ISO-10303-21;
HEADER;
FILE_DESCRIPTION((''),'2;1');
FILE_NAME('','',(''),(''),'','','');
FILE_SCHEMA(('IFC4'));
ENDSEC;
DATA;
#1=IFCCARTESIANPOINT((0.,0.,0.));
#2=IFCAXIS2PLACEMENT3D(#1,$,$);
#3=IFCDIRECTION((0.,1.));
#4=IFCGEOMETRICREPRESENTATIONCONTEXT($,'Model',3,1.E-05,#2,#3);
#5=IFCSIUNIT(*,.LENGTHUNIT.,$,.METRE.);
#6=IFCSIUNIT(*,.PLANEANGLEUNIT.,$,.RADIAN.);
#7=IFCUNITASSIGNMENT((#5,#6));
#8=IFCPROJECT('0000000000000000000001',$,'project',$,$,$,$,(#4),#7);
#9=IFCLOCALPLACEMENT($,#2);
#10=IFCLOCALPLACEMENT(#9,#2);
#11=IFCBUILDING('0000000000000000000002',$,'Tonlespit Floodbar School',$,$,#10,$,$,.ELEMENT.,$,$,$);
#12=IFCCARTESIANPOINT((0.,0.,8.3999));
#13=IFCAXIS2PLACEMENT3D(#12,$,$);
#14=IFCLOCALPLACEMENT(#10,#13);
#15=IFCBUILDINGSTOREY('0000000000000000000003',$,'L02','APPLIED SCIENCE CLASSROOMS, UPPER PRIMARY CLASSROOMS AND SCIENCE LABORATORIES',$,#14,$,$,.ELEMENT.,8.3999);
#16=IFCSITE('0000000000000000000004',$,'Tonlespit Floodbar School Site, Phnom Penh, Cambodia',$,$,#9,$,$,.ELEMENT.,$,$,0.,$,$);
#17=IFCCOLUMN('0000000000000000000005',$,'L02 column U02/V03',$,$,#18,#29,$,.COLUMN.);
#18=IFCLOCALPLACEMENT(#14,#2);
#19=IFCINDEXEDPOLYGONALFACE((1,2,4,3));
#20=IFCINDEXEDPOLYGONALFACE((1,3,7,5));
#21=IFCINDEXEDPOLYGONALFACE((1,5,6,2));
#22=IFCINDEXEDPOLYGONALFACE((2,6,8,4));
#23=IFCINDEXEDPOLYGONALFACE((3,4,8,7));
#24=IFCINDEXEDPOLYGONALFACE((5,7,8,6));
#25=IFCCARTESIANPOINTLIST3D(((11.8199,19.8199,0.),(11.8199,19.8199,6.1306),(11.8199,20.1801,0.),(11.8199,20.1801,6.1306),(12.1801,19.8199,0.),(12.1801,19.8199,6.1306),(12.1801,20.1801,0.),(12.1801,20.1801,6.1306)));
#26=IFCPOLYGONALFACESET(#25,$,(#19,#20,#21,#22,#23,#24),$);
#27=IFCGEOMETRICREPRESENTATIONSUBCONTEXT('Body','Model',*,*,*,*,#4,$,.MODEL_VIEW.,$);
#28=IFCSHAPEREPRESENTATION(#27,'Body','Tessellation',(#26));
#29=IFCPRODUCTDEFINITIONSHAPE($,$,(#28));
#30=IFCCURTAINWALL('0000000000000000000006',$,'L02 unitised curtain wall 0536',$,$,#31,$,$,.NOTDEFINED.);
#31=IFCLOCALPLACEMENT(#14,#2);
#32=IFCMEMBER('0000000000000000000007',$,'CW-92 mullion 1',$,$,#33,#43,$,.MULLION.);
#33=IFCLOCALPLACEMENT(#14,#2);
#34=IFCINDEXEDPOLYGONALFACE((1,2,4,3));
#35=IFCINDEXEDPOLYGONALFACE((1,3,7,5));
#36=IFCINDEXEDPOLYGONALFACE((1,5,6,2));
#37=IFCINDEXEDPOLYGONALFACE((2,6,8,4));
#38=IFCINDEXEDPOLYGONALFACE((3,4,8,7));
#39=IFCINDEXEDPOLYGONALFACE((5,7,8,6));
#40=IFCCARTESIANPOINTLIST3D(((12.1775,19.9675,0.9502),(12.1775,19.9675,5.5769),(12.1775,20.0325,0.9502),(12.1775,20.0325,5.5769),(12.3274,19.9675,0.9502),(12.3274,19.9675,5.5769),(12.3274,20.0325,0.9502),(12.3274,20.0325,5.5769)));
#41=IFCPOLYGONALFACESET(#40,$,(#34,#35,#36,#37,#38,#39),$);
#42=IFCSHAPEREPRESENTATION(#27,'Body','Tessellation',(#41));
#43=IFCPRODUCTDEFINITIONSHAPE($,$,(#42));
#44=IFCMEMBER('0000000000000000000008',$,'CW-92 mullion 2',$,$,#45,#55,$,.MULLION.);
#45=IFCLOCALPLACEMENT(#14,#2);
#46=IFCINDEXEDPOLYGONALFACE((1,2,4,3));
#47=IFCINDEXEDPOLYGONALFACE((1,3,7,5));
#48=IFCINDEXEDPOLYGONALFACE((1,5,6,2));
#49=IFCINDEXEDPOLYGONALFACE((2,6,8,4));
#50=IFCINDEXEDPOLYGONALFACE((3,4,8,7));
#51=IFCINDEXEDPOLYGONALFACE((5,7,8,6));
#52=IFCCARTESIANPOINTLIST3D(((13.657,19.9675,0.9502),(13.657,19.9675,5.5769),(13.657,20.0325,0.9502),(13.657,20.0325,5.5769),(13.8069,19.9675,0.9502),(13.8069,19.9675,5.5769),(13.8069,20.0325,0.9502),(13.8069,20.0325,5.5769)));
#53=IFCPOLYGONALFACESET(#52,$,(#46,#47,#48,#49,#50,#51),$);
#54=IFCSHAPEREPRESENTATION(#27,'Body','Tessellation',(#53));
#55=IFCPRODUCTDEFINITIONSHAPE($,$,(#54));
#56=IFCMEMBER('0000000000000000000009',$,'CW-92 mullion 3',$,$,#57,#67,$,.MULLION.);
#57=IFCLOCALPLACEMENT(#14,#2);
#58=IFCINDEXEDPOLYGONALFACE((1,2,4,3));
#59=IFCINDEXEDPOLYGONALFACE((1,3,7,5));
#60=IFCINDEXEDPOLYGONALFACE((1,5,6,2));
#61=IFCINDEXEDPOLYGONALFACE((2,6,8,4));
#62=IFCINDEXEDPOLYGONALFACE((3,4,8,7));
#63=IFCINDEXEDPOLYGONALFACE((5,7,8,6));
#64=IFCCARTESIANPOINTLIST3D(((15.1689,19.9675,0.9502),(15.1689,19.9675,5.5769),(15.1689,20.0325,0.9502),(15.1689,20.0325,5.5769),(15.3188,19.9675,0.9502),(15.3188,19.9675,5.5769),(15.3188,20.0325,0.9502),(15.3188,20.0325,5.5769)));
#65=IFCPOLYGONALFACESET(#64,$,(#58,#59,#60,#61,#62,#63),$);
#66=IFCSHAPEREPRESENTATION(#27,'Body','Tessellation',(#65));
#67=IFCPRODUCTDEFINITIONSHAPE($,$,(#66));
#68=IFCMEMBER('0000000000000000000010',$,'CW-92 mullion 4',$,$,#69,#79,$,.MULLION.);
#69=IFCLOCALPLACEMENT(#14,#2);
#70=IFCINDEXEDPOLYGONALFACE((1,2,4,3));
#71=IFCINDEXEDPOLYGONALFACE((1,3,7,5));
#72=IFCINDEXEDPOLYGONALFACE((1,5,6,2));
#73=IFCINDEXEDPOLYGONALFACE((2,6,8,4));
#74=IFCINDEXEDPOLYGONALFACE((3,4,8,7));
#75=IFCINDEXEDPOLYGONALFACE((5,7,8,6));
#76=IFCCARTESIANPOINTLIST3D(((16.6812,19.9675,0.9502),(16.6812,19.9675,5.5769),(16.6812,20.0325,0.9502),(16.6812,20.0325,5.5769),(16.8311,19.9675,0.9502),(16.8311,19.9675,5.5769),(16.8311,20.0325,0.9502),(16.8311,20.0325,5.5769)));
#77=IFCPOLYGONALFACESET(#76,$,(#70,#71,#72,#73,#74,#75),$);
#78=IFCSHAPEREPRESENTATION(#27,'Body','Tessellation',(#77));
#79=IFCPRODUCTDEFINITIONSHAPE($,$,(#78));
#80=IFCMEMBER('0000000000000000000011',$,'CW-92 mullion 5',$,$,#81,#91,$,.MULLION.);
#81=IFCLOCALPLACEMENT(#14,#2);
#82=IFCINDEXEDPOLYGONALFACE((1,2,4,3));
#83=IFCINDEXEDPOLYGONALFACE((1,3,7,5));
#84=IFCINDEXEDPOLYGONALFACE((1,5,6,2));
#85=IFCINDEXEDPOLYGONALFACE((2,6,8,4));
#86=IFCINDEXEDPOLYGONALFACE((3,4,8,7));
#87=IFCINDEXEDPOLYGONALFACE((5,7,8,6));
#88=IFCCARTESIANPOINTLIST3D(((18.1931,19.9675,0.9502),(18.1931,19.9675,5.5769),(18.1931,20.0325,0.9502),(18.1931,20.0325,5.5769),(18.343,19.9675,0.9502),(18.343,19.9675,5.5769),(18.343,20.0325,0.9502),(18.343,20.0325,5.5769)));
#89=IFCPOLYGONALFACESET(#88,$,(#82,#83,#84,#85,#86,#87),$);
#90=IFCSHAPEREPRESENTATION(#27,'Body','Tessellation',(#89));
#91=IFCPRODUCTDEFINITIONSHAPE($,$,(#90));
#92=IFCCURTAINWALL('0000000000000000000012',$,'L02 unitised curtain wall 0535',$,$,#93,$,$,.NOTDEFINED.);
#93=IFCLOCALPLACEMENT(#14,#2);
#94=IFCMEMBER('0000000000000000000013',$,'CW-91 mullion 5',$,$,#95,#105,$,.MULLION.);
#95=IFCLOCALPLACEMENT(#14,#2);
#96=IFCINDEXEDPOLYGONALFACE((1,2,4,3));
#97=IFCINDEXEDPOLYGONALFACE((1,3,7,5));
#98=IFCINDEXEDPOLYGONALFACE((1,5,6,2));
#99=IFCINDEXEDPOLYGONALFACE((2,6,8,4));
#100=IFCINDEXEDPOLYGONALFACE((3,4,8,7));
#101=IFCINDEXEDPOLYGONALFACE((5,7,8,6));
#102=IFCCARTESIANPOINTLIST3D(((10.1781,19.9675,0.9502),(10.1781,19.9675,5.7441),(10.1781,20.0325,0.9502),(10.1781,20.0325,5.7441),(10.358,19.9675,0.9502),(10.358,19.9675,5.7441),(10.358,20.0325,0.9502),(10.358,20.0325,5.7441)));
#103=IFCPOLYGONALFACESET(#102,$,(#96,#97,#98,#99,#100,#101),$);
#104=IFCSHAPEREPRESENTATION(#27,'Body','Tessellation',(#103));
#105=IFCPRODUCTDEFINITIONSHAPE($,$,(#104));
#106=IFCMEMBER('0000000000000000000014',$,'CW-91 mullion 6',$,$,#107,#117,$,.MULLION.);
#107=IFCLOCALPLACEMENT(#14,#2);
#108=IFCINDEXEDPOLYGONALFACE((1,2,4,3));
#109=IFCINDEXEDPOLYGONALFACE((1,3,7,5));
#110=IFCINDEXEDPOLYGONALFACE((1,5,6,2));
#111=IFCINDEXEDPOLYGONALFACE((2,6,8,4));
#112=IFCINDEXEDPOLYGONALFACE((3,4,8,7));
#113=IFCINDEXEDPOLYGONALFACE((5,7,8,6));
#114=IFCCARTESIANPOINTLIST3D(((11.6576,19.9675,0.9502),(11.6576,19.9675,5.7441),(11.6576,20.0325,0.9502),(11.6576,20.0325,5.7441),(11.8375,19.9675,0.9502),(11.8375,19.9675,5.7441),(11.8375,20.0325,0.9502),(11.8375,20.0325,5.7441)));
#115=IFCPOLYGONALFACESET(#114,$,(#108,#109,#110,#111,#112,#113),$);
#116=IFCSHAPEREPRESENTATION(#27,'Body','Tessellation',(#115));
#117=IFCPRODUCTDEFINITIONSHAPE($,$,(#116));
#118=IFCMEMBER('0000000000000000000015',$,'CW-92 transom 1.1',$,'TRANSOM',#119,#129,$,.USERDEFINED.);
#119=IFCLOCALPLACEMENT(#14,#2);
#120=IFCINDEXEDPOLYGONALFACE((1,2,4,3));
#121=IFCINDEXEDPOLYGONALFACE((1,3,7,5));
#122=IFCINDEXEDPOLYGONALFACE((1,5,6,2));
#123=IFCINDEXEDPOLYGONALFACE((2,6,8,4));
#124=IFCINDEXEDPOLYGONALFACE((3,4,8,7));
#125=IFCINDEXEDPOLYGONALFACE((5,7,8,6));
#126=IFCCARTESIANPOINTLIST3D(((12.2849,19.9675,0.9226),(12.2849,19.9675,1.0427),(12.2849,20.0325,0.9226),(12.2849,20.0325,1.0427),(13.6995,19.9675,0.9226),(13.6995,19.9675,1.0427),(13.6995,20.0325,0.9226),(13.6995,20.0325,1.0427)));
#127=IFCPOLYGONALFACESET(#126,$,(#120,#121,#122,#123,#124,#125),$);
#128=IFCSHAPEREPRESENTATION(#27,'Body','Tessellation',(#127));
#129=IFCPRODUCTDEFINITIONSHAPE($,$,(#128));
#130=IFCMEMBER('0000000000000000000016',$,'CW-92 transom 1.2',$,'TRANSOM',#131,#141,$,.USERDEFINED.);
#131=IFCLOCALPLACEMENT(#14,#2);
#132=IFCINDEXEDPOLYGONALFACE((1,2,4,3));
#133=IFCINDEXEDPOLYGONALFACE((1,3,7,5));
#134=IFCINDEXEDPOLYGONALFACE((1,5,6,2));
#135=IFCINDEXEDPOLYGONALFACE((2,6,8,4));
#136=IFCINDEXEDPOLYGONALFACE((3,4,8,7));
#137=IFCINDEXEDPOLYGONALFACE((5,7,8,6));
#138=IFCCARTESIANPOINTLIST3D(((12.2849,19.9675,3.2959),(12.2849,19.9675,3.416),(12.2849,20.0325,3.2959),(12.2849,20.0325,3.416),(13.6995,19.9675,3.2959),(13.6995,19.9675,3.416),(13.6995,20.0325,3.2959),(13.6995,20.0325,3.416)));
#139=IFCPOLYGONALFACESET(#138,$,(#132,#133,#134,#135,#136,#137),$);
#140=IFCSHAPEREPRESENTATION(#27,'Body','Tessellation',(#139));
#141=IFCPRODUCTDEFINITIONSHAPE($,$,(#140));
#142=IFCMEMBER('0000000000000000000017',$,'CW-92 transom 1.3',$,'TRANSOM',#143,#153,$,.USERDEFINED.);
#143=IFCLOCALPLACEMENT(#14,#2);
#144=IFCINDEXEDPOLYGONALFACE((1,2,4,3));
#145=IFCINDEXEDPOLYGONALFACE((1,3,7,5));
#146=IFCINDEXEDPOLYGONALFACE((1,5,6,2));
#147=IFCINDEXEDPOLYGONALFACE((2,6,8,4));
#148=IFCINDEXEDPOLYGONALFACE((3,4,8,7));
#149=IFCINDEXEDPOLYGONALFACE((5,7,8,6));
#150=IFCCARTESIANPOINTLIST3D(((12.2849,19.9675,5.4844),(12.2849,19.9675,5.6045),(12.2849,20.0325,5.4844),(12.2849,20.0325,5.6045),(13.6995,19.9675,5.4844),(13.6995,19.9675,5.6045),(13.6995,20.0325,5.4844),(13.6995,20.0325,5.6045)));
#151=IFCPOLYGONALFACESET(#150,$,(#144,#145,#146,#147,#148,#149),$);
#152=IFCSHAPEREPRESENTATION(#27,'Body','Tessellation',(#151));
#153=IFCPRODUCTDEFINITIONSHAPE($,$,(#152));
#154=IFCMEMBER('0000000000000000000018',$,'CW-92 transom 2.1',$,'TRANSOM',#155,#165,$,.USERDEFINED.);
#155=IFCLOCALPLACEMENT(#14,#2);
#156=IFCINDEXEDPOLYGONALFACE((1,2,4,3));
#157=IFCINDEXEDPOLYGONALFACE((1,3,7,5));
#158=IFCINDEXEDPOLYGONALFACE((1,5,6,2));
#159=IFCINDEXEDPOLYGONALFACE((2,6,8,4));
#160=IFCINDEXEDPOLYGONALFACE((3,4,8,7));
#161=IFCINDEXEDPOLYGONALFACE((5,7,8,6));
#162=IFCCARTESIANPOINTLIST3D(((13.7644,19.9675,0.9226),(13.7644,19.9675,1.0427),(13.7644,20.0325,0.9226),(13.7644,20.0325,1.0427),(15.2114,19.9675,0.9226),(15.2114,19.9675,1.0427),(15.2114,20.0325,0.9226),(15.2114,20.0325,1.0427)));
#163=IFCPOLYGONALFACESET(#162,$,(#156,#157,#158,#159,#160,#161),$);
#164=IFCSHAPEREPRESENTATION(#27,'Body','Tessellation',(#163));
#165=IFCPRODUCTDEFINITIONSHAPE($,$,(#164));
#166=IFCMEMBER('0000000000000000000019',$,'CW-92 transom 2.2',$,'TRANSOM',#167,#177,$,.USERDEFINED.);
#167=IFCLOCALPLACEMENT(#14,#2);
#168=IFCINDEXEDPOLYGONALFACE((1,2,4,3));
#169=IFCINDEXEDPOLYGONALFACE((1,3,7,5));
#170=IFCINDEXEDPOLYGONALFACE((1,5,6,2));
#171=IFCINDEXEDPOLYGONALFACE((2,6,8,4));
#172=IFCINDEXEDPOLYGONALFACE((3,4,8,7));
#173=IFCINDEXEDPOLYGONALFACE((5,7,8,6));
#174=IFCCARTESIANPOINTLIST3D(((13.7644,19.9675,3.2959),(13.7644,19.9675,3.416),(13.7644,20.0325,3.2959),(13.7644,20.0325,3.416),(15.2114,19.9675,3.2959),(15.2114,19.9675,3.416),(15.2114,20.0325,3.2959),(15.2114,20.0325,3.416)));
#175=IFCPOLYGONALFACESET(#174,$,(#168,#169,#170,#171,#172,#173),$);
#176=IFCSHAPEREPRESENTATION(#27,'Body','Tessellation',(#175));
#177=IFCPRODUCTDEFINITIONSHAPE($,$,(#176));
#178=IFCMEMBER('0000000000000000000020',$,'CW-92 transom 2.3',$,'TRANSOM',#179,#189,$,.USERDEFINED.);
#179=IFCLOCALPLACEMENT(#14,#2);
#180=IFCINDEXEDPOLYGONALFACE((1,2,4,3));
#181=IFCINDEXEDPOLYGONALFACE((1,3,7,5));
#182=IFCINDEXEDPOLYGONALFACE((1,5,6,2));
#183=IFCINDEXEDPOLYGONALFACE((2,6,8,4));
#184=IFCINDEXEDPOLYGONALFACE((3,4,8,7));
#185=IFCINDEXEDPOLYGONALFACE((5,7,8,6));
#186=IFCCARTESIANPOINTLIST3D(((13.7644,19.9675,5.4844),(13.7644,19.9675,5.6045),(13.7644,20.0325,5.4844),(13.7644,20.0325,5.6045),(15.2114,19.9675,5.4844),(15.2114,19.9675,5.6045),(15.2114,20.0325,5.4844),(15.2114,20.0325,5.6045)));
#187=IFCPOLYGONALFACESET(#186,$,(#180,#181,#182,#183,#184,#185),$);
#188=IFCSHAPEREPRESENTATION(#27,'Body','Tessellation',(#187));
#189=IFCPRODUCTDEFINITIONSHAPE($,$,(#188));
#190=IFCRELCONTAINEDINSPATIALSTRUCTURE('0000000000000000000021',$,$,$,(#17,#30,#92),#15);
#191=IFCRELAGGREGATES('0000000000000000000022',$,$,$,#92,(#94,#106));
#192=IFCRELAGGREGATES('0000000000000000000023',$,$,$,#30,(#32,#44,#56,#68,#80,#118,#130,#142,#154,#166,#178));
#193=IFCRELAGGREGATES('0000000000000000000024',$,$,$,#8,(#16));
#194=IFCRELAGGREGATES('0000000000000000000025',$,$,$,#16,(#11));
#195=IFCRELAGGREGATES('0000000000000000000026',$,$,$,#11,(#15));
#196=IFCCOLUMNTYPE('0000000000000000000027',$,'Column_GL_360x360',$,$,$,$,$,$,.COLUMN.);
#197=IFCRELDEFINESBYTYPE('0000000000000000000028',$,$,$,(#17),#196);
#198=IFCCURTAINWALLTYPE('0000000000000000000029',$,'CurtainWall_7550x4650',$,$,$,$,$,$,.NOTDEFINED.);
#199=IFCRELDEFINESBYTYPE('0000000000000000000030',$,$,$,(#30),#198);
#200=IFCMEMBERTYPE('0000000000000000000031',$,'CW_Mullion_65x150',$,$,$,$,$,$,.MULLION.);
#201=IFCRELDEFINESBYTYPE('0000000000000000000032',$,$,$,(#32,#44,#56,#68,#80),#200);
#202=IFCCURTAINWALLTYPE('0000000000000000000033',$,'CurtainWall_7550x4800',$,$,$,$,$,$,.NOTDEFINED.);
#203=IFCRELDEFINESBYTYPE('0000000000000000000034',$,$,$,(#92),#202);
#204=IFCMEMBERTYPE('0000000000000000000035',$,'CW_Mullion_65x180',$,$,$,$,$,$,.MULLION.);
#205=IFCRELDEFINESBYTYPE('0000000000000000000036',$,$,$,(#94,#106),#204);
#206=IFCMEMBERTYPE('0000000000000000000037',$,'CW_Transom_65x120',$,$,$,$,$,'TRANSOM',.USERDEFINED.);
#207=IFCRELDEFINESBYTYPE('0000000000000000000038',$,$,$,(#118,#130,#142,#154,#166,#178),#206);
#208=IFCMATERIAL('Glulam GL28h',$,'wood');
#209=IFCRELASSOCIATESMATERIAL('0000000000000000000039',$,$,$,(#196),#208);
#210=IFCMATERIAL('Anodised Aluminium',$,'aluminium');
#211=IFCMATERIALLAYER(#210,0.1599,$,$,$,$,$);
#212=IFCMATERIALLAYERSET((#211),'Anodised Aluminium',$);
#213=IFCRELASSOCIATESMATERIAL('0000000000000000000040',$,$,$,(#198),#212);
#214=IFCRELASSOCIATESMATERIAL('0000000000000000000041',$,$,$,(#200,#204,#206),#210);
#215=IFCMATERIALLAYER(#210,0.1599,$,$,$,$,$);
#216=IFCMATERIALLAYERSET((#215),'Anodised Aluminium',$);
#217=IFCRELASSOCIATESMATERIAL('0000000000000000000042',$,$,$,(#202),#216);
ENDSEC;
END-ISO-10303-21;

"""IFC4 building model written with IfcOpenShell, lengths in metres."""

from ifc_helpers import new_model, si_unit, direction, frame, origin, origin_2d, place, context, subcontext, project, spatial, rectangle, extrude, material, layer, layer_set, material_profile, profile_set, type_object, element, aggregate, save


model = new_model("IFC4")

# Units and contexts
model_context = context("Model", 3, precision=1e-05, world=origin(), true_north=direction((0.0, 1.0)))
body_context = subcontext(model_context, "Body", "Model", "MODEL_VIEW")
ifc_project = project(units=[si_unit("LENGTHUNIT", "METRE"), si_unit("PLANEANGLEUNIT", "RADIAN")], contexts=[model_context])

# Site, building, storey
site_placement = place(None, origin())
site = spatial("IfcSite", under=ifc_project, at=site_placement, Name="Tonlespit Floodbar School Site, Phnom Penh, Cambodia", CompositionType="ELEMENT", RefElevation=0.0)
building_placement = place(site_placement, origin())
building = spatial("IfcBuilding", under=site, at=building_placement, Name="Tonlespit Floodbar School", CompositionType="ELEMENT")
storey_placement = place(building_placement, frame((0.0, 0.0, 8.3999)))
storey = spatial("IfcBuildingStorey", under=building, at=storey_placement, Name="L02", Description="APPLIED SCIENCE CLASSROOMS, UPPER PRIMARY CLASSROOMS AND SCIENCE LABORATORIES", CompositionType="ELEMENT", Elevation=8.3999)

# Column
ifc_material_1 = material(Name="Glulam GL28h", Category="wood")
ifc_material_profile_1 = material_profile(ifc_material_1, rectangle(XDim=0.3601, YDim=0.3601, at=origin_2d()), Name="GL 360x360")
ifc_profile_set_1 = profile_set([ifc_material_profile_1], Name="Glulam GL28h")
column_type = type_object("IfcColumnType", Name="Column_GL_360x360", PredefinedType="COLUMN", material=ifc_profile_set_1)
column_placement = place(storey_placement, frame((12.0, 20.0, 0.0), z_axis=(0.0, 0.0, 1.0), x_axis=(1.0, 0.0, 0.0)))
element("IfcColumn", 1, at=column_placement, inside=storey, type_object=column_type, Name="L02 column U02/V03", PredefinedType="COLUMN", context=body_context, shape_type="SweptSolid", body=[
    extrude(rectangle(XDim=0.3601, YDim=0.3601, at=origin_2d()), origin(), (0.0, 0.0, 1.0), 6.1306),
])

# Curtain walls, members
ifc_material_2 = material(Name="Anodised Aluminium", Category="aluminium")
ifc_layer_1 = layer(ifc_material_2, 0.1599)
ifc_layer_set_1 = layer_set([ifc_layer_1], Name="Anodised Aluminium")
curtain_wall_type_1 = type_object("IfcCurtainWallType", Name="CurtainWall_7550x4650", PredefinedType="NOTDEFINED", material=ifc_layer_set_1)
curtain_wall_1_placement = place(storey_placement, origin())
curtain_wall_1 = element("IfcCurtainWall", 2, at=curtain_wall_1_placement, inside=storey, type_object=curtain_wall_type_1, Name="L02 unitised curtain wall 0536", PredefinedType="NOTDEFINED")
ifc_material_profile_2 = material_profile(ifc_material_2, rectangle(XDim=0.0649, YDim=0.1499, at=origin_2d()), Name="ALU M65x150")
ifc_profile_set_2 = profile_set([ifc_material_profile_2], Name="Anodised Aluminium")
member_type_1 = type_object("IfcMemberType", Name="CW_Mullion_65x150", PredefinedType="MULLION", material=ifc_profile_set_2)
member_1_placement = place(storey_placement, frame((12.2524, 20.0, 0.9502), z_axis=(0.0, 0.0, 1.0), x_axis=(0.0, 1.0, 0.0)))
member_1 = element("IfcMember", 3, at=member_1_placement, type_object=member_type_1, Name="CW-92 mullion 1", PredefinedType="MULLION", context=body_context, shape_type="SweptSolid", body=[
    extrude(rectangle(XDim=0.0649, YDim=0.1499, at=origin_2d()), origin(), (0.0, 0.0, 1.0), 4.6267),
])
member_2_placement = place(storey_placement, frame((13.7319, 20.0, 0.9502), z_axis=(0.0, 0.0, 1.0), x_axis=(0.0, 1.0, 0.0)))
member_2 = element("IfcMember", 4, at=member_2_placement, type_object=member_type_1, Name="CW-92 mullion 2", PredefinedType="MULLION", context=body_context, shape_type="SweptSolid", body=[
    extrude(rectangle(XDim=0.0649, YDim=0.1499, at=origin_2d()), origin(), (0.0, 0.0, 1.0), 4.6267),
])
member_3_placement = place(storey_placement, frame((15.2439, 20.0, 0.9502), z_axis=(0.0, 0.0, 1.0), x_axis=(0.0, 1.0, 0.0)))
member_3 = element("IfcMember", 5, at=member_3_placement, type_object=member_type_1, Name="CW-92 mullion 3", PredefinedType="MULLION", context=body_context, shape_type="SweptSolid", body=[
    extrude(rectangle(XDim=0.0649, YDim=0.1499, at=origin_2d()), origin(), (0.0, 0.0, 1.0), 4.6267),
])
member_4_placement = place(storey_placement, frame((16.7561, 20.0, 0.9502), z_axis=(0.0, 0.0, 1.0), x_axis=(0.0, 1.0, 0.0)))
member_4 = element("IfcMember", 6, at=member_4_placement, type_object=member_type_1, Name="CW-92 mullion 4", PredefinedType="MULLION", context=body_context, shape_type="SweptSolid", body=[
    extrude(rectangle(XDim=0.0649, YDim=0.1499, at=origin_2d()), origin(), (0.0, 0.0, 1.0), 4.6267),
])
member_5_placement = place(storey_placement, frame((18.2681, 20.0, 0.9502), z_axis=(0.0, 0.0, 1.0), x_axis=(0.0, 1.0, 0.0)))
member_5 = element("IfcMember", 7, at=member_5_placement, type_object=member_type_1, Name="CW-92 mullion 5", PredefinedType="MULLION", context=body_context, shape_type="SweptSolid", body=[
    extrude(rectangle(XDim=0.0649, YDim=0.1499, at=origin_2d()), origin(), (0.0, 0.0, 1.0), 4.6267),
])
ifc_layer_2 = layer(ifc_material_2, 0.1599)
ifc_layer_set_2 = layer_set([ifc_layer_2], Name="Anodised Aluminium")
curtain_wall_type_2 = type_object("IfcCurtainWallType", Name="CurtainWall_7550x4800", PredefinedType="NOTDEFINED", material=ifc_layer_set_2)
curtain_wall_2_placement = place(storey_placement, origin())
curtain_wall_2 = element("IfcCurtainWall", 8, at=curtain_wall_2_placement, inside=storey, type_object=curtain_wall_type_2, Name="L02 unitised curtain wall 0535", PredefinedType="NOTDEFINED")
ifc_material_profile_3 = material_profile(ifc_material_2, rectangle(XDim=0.0649, YDim=0.1799, at=origin_2d()), Name="ALU M65x180")
ifc_profile_set_3 = profile_set([ifc_material_profile_3], Name="Anodised Aluminium")
member_type_2 = type_object("IfcMemberType", Name="CW_Mullion_65x180", PredefinedType="MULLION", material=ifc_profile_set_3)
member_6_placement = place(storey_placement, frame((10.2681, 20.0, 0.9502), z_axis=(0.0, 0.0, 1.0), x_axis=(0.0, 1.0, 0.0)))
member_6 = element("IfcMember", 9, at=member_6_placement, type_object=member_type_2, Name="CW-91 mullion 5", PredefinedType="MULLION", context=body_context, shape_type="SweptSolid", body=[
    extrude(rectangle(XDim=0.0649, YDim=0.1799, at=origin_2d()), origin(), (0.0, 0.0, 1.0), 4.7939),
])
member_7_placement = place(storey_placement, frame((11.7476, 20.0, 0.9502), z_axis=(0.0, 0.0, 1.0), x_axis=(0.0, 1.0, 0.0)))
member_7 = element("IfcMember", 10, at=member_7_placement, type_object=member_type_2, Name="CW-91 mullion 6", PredefinedType="MULLION", context=body_context, shape_type="SweptSolid", body=[
    extrude(rectangle(XDim=0.0649, YDim=0.1799, at=origin_2d()), origin(), (0.0, 0.0, 1.0), 4.7939),
])

# Members
ifc_material_profile_4 = material_profile(ifc_material_2, rectangle(XDim=0.0649, YDim=0.1201, at=origin_2d()), Name="ALU T65x120")
ifc_profile_set_4 = profile_set([ifc_material_profile_4], Name="Anodised Aluminium")
member_type_3 = type_object("IfcMemberType", Name="CW_Transom_65x120", ElementType="TRANSOM", PredefinedType="USERDEFINED", material=ifc_profile_set_4)
member_8_placement = place(storey_placement, frame((12.2849, 20.0, 0.9827), z_axis=(1.0, 0.0, 0.0), x_axis=(0.0, 1.0, 0.0)))
member_8 = element("IfcMember", 11, at=member_8_placement, type_object=member_type_3, Name="CW-92 transom 1.1", ObjectType="TRANSOM", PredefinedType="USERDEFINED", context=body_context, shape_type="SweptSolid", body=[
    extrude(rectangle(XDim=0.0649, YDim=0.1201, at=origin_2d()), origin(), (0.0, 0.0, 1.0), 1.4146),
])
member_9_placement = place(storey_placement, frame((12.2849, 20.0, 3.356), z_axis=(1.0, 0.0, 0.0), x_axis=(0.0, 1.0, 0.0)))
member_9 = element("IfcMember", 12, at=member_9_placement, type_object=member_type_3, Name="CW-92 transom 1.2", ObjectType="TRANSOM", PredefinedType="USERDEFINED", context=body_context, shape_type="SweptSolid", body=[
    extrude(rectangle(XDim=0.0649, YDim=0.1201, at=origin_2d()), origin(), (0.0, 0.0, 1.0), 1.4146),
])
member_10_placement = place(storey_placement, frame((12.2849, 20.0, 5.5444), z_axis=(1.0, 0.0, 0.0), x_axis=(0.0, 1.0, 0.0)))
member_10 = element("IfcMember", 13, at=member_10_placement, type_object=member_type_3, Name="CW-92 transom 1.3", ObjectType="TRANSOM", PredefinedType="USERDEFINED", context=body_context, shape_type="SweptSolid", body=[
    extrude(rectangle(XDim=0.0649, YDim=0.1201, at=origin_2d()), origin(), (0.0, 0.0, 1.0), 1.4146),
])
member_11_placement = place(storey_placement, frame((13.7644, 20.0, 0.9827), z_axis=(1.0, 0.0, 0.0), x_axis=(0.0, 1.0, 0.0)))
member_11 = element("IfcMember", 14, at=member_11_placement, type_object=member_type_3, Name="CW-92 transom 2.1", ObjectType="TRANSOM", PredefinedType="USERDEFINED", context=body_context, shape_type="SweptSolid", body=[
    extrude(rectangle(XDim=0.0649, YDim=0.1201, at=origin_2d()), origin(), (0.0, 0.0, 1.0), 1.447),
])
member_12_placement = place(storey_placement, frame((13.7644, 20.0, 3.356), z_axis=(1.0, 0.0, 0.0), x_axis=(0.0, 1.0, 0.0)))
member_12 = element("IfcMember", 15, at=member_12_placement, type_object=member_type_3, Name="CW-92 transom 2.2", ObjectType="TRANSOM", PredefinedType="USERDEFINED", context=body_context, shape_type="SweptSolid", body=[
    extrude(rectangle(XDim=0.0649, YDim=0.1201, at=origin_2d()), origin(), (0.0, 0.0, 1.0), 1.447),
])
member_13_placement = place(storey_placement, frame((13.7644, 20.0, 5.5444), z_axis=(1.0, 0.0, 0.0), x_axis=(0.0, 1.0, 0.0)))
member_13 = element("IfcMember", 16, at=member_13_placement, type_object=member_type_3, Name="CW-92 transom 2.3", ObjectType="TRANSOM", PredefinedType="USERDEFINED", context=body_context, shape_type="SweptSolid", body=[
    extrude(rectangle(XDim=0.0649, YDim=0.1201, at=origin_2d()), origin(), (0.0, 0.0, 1.0), 1.447),
])

aggregate(curtain_wall_2, [member_6, member_7])
aggregate(curtain_wall_1, [member_1, member_2, member_3, member_4, member_5, member_8, member_9, member_10, member_11, member_12, member_13])

save(model, "model.ifc")
